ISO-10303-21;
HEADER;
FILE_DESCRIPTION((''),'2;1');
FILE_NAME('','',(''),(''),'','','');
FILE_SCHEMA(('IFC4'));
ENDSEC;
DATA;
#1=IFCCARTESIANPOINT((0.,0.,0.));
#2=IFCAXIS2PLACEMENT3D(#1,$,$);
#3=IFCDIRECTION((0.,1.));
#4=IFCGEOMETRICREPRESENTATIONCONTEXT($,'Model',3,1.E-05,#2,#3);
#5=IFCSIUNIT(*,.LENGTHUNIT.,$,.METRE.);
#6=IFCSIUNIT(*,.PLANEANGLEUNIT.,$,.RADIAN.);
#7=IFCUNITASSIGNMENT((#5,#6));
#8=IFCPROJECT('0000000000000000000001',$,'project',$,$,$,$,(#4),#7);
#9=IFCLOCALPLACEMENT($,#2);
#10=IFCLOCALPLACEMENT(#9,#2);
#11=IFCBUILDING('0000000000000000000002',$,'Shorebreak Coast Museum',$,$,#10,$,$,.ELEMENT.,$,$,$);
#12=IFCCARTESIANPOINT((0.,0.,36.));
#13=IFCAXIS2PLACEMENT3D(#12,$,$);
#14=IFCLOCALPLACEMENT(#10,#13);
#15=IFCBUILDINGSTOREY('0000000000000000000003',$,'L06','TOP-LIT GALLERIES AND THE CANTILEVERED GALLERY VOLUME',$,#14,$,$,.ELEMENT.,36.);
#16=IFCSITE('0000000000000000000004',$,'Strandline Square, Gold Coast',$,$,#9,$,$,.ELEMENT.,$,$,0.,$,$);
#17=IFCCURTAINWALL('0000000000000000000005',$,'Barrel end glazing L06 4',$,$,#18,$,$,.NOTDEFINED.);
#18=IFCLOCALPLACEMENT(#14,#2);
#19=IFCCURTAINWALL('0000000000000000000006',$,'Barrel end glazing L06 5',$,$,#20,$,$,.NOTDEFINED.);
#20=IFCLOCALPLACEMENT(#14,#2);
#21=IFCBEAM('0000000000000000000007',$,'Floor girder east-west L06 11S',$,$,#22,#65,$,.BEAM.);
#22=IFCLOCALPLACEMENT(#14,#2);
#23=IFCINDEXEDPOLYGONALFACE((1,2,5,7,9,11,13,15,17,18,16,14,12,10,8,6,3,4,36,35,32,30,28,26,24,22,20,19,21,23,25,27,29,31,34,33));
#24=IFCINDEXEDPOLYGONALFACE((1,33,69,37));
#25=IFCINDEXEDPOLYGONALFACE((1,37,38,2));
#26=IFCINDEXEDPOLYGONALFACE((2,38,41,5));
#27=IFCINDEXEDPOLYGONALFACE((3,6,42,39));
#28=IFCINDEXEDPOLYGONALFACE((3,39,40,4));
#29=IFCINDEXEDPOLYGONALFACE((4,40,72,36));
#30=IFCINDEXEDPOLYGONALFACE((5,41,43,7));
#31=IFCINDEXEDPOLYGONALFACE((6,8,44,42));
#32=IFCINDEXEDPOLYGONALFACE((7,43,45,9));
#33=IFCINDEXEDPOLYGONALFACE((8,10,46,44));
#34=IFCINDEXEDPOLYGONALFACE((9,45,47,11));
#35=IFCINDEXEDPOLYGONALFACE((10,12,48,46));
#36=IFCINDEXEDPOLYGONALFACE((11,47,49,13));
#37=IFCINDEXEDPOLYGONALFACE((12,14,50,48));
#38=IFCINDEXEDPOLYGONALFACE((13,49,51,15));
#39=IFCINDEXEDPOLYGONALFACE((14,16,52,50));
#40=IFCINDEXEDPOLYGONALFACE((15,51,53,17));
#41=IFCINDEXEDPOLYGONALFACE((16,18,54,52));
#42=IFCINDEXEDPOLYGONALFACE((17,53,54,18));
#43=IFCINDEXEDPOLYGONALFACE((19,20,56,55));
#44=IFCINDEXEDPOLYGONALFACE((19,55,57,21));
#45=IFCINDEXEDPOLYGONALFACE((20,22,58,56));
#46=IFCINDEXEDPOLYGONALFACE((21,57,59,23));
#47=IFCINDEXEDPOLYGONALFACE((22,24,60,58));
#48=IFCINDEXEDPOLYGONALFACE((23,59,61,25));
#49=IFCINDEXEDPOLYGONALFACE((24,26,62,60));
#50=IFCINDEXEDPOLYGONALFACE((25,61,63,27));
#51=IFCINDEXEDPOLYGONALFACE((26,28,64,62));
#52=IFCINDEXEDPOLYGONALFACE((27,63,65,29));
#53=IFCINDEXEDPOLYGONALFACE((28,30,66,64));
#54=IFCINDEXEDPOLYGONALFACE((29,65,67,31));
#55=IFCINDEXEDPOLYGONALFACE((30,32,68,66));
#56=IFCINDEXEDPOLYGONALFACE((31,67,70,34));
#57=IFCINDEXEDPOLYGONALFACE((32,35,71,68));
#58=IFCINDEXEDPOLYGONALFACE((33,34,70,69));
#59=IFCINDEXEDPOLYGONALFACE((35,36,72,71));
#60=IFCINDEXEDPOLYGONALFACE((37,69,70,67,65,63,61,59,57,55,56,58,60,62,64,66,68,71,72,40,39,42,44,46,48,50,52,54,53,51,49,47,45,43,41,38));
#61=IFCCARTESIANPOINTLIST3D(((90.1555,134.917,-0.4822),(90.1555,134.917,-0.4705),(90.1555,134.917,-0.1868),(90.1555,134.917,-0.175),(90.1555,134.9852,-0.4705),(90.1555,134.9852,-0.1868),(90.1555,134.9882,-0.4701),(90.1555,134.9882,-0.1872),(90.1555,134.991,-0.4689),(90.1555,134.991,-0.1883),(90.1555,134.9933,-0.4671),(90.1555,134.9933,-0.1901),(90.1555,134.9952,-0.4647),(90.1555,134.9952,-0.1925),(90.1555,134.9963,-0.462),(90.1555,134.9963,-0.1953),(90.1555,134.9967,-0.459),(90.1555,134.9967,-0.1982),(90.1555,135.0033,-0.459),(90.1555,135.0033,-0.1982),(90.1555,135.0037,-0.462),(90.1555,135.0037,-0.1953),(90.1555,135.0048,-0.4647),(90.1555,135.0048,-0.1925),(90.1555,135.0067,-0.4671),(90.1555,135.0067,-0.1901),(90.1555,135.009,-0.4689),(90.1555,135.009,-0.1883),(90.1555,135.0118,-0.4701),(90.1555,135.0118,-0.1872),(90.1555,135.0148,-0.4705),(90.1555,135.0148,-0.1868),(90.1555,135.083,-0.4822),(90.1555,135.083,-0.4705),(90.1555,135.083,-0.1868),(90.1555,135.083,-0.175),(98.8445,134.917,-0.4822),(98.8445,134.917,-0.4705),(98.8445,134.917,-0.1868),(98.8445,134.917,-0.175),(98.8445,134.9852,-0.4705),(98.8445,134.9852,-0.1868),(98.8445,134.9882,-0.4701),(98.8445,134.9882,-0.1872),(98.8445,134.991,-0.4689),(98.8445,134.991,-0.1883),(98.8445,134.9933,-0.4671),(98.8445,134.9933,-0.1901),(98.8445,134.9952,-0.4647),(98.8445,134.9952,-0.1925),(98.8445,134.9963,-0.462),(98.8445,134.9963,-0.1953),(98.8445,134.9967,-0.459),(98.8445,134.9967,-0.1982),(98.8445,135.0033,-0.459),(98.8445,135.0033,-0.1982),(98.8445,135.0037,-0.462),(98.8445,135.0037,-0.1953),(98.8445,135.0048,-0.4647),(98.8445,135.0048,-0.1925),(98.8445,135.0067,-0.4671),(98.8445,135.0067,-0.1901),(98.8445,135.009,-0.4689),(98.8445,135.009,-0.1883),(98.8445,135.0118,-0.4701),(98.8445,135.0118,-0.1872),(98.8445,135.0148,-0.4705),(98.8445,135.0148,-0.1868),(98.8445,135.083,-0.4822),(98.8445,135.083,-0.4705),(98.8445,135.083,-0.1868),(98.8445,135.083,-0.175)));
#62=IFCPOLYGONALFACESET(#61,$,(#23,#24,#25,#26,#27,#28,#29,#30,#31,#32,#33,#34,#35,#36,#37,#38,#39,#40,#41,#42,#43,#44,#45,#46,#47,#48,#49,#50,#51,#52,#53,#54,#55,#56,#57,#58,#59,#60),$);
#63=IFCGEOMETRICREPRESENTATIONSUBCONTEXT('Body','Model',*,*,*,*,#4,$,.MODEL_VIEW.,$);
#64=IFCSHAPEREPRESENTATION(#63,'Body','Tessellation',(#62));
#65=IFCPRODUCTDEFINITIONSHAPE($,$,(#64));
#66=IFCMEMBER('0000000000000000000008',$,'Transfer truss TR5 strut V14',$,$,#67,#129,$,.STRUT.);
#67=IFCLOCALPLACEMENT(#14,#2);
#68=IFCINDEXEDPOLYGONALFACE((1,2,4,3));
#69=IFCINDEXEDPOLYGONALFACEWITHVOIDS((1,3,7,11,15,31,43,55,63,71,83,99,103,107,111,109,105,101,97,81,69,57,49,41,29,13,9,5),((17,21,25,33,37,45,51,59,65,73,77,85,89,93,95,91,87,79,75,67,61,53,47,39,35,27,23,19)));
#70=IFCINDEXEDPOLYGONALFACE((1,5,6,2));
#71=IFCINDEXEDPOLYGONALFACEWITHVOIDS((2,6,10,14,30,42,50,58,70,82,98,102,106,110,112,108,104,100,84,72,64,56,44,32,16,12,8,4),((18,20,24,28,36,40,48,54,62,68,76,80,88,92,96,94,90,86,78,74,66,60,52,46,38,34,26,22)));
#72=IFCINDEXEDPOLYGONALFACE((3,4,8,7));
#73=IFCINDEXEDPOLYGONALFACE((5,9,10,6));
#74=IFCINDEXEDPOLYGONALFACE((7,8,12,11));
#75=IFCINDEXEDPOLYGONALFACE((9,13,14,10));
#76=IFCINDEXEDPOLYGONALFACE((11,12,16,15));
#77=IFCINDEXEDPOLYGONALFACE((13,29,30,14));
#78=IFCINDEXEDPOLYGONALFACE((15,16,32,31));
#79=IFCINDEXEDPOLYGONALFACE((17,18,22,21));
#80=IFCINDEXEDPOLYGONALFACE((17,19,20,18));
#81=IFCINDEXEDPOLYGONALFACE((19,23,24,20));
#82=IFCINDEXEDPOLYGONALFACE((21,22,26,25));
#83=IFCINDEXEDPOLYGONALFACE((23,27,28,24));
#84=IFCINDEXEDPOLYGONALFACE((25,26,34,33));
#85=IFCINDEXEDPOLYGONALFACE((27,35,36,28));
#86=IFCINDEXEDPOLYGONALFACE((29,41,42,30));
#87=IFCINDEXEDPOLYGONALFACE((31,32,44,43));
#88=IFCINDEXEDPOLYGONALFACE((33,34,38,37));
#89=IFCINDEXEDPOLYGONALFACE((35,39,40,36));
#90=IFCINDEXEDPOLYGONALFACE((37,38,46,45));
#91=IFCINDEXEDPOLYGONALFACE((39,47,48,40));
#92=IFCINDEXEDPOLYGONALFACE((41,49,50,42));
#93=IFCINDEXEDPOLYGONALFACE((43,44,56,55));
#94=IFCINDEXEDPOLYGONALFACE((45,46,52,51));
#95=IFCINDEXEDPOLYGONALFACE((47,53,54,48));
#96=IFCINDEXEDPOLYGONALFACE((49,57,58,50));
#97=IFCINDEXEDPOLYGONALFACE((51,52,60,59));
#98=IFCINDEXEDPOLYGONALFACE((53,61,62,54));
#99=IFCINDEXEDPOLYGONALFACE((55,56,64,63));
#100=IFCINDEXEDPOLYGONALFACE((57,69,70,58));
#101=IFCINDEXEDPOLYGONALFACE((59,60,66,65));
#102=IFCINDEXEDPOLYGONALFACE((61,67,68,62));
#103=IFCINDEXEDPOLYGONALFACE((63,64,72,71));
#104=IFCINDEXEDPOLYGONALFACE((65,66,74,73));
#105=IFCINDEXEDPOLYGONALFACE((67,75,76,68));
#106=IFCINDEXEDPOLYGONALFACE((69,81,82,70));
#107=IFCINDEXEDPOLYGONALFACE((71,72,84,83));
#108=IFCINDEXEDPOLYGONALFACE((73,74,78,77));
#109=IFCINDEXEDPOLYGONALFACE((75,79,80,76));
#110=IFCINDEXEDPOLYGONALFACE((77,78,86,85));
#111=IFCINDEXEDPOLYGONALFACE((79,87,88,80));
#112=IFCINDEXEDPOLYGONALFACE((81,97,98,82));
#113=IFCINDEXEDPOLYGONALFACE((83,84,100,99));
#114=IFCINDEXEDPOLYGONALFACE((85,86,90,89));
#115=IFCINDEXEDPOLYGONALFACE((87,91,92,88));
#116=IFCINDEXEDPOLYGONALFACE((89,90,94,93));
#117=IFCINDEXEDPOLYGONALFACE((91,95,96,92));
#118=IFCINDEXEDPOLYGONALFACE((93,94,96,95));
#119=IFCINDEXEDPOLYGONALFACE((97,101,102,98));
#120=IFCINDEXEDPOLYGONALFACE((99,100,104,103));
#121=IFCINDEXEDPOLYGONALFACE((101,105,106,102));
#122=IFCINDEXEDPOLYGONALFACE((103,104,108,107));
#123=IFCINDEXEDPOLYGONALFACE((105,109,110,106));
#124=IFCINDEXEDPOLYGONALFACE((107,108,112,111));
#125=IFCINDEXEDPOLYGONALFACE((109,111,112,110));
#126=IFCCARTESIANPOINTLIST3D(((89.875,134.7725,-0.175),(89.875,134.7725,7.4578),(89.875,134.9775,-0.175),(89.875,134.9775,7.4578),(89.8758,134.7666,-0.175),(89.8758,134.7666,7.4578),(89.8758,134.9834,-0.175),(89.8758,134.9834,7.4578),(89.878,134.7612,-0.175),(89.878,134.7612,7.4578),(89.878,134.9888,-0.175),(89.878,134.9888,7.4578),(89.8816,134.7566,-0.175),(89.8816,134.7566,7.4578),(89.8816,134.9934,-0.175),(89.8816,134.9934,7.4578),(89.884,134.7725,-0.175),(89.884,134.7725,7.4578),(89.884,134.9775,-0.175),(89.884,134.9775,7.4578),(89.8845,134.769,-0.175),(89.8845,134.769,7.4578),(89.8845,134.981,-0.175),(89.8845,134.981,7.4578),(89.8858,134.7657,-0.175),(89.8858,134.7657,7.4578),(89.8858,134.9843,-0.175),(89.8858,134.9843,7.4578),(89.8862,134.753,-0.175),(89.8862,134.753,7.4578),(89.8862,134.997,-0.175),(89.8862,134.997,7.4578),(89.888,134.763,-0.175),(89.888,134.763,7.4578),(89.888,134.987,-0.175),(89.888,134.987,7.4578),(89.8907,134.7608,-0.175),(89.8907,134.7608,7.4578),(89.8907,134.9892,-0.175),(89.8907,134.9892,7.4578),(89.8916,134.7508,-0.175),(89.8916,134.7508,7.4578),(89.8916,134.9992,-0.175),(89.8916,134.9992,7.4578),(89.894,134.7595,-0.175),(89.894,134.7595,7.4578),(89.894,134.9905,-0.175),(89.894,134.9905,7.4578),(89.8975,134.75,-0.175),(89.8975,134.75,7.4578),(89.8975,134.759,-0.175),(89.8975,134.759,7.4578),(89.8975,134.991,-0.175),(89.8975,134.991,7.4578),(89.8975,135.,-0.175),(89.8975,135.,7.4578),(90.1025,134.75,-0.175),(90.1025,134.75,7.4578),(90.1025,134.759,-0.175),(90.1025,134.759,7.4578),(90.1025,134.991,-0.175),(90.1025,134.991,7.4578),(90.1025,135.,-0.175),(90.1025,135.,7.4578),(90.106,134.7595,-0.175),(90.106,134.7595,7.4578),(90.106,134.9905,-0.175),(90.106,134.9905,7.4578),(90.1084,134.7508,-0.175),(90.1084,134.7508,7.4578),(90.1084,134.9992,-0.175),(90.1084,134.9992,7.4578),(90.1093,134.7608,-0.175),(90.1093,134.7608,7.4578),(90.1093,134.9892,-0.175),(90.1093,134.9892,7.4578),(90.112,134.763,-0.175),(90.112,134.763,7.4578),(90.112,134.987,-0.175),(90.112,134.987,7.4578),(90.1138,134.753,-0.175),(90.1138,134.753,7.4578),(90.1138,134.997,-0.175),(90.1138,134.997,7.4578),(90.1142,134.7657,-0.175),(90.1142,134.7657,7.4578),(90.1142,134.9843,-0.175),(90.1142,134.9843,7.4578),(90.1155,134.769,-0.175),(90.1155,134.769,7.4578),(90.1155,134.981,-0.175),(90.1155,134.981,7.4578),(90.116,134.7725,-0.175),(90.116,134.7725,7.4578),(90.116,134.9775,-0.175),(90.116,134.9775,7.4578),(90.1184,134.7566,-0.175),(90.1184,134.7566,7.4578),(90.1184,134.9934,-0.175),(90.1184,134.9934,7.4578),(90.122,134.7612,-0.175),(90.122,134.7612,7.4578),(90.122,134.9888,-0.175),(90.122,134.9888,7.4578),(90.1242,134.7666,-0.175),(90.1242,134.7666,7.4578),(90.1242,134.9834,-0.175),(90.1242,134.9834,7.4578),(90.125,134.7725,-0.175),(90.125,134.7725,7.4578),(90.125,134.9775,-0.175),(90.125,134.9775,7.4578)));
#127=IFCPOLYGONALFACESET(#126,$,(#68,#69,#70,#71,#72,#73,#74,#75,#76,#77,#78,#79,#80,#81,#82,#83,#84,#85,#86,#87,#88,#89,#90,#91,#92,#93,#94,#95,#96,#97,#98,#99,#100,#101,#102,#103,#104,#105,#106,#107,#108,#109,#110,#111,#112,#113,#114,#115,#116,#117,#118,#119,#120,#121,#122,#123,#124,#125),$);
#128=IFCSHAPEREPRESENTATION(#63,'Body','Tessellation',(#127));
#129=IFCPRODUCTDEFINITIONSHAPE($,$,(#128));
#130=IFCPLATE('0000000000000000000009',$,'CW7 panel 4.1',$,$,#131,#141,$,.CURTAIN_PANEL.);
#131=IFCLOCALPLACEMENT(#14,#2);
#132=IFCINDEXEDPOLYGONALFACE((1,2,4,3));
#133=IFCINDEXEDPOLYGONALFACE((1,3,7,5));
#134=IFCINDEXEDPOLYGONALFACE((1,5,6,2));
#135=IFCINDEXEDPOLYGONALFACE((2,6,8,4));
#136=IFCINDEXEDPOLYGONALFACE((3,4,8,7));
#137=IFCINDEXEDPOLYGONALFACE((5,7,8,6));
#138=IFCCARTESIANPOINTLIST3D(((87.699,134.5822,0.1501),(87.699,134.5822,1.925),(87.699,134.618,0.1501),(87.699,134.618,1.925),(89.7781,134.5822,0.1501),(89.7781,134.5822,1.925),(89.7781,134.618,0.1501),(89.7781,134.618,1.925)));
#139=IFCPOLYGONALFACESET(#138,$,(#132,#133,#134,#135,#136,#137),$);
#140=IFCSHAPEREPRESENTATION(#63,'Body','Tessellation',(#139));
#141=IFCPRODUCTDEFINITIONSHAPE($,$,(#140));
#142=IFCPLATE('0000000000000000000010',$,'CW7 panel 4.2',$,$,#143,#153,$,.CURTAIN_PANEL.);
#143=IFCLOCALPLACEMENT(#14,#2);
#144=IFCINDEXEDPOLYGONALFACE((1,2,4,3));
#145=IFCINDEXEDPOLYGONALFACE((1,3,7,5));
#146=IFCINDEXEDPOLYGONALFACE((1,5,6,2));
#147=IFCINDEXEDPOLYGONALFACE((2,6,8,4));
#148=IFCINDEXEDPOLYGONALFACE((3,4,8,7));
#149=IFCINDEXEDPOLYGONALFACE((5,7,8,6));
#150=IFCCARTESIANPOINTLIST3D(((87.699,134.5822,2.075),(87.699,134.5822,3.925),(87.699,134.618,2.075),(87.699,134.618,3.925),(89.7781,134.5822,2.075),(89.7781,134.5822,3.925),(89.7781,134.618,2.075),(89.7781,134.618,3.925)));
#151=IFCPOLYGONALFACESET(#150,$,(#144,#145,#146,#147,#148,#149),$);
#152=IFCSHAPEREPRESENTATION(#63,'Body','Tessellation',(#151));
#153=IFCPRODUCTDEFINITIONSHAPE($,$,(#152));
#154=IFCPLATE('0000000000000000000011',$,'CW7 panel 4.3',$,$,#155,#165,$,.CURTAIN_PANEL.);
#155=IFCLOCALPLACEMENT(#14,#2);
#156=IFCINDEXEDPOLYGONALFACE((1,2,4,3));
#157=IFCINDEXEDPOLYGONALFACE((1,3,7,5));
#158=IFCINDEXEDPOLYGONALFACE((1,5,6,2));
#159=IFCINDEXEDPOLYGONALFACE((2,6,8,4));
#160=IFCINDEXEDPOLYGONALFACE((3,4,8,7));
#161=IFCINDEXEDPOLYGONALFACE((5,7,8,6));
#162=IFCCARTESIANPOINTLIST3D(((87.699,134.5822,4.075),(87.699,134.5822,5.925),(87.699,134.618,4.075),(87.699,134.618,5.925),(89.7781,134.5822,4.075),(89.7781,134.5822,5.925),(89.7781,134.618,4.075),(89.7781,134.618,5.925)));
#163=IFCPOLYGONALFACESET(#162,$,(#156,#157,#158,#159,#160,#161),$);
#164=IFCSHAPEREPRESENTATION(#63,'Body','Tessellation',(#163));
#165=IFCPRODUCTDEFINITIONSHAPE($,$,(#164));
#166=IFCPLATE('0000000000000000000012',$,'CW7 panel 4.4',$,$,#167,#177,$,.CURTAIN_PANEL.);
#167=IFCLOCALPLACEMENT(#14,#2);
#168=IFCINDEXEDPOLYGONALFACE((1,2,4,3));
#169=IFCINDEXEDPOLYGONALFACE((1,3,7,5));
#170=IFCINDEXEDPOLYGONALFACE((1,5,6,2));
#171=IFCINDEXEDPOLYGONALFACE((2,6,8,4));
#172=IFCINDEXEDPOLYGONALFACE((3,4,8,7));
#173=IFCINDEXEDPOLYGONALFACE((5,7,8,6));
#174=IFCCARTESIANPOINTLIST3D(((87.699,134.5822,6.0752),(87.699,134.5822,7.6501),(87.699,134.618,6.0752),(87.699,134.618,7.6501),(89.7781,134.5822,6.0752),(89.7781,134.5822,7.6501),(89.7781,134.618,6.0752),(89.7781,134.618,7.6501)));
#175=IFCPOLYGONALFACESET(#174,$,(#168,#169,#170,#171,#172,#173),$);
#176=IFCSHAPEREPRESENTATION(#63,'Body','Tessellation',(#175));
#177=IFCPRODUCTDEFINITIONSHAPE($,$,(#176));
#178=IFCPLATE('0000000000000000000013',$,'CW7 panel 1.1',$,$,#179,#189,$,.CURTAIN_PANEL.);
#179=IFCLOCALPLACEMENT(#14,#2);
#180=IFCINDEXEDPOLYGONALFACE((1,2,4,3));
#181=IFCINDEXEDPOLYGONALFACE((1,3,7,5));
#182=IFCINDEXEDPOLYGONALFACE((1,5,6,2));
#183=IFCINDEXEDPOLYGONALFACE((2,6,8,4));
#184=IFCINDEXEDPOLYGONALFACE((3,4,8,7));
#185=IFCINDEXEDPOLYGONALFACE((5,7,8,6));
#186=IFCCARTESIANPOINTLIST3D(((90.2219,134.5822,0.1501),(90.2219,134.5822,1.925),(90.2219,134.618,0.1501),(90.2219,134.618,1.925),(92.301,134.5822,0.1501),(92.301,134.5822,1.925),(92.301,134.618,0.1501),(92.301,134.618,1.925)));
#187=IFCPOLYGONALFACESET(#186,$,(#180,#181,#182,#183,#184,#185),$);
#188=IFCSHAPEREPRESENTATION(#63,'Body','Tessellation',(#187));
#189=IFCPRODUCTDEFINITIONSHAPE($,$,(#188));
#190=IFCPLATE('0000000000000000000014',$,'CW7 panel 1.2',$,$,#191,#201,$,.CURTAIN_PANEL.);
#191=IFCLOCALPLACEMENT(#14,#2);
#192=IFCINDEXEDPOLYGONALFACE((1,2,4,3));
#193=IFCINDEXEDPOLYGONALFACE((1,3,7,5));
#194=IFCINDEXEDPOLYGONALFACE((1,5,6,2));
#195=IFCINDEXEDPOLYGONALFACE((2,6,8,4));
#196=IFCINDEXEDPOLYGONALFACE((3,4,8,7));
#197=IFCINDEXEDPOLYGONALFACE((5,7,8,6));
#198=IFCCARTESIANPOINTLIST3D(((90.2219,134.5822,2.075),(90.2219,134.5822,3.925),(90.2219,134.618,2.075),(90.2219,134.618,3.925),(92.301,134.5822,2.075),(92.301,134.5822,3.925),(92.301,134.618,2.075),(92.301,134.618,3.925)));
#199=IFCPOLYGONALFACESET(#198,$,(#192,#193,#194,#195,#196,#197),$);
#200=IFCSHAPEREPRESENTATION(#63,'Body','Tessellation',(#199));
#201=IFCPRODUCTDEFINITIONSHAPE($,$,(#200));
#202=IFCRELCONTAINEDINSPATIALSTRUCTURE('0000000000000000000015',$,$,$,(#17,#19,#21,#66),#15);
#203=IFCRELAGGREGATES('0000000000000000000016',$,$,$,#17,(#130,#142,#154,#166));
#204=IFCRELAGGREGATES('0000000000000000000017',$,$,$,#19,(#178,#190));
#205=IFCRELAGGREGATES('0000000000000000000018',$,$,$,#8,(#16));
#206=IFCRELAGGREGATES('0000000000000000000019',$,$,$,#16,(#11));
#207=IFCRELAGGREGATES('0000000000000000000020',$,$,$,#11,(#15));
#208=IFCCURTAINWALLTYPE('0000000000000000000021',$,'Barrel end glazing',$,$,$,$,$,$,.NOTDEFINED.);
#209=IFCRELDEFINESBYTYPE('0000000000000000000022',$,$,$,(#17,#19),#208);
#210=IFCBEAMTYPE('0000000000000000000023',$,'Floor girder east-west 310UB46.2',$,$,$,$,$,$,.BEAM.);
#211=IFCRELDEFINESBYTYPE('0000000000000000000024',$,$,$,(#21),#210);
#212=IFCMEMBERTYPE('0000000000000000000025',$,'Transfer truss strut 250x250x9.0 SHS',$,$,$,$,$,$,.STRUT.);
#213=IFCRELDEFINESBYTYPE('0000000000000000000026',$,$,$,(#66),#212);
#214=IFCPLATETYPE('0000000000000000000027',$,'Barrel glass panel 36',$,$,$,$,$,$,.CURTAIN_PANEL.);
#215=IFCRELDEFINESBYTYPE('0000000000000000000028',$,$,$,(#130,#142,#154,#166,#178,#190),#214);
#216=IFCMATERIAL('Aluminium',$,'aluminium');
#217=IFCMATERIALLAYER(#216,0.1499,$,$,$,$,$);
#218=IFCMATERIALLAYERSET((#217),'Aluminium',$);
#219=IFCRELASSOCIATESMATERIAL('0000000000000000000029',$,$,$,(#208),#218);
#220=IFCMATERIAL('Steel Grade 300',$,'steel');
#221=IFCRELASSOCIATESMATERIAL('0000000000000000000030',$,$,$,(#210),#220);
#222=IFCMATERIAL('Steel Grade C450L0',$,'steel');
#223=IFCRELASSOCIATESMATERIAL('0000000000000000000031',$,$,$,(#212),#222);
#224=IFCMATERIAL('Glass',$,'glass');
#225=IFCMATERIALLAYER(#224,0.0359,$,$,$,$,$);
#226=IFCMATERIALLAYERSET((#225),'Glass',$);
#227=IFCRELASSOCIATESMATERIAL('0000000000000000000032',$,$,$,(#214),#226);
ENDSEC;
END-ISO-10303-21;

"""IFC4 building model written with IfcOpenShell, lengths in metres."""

from ifc_helpers import new_model, si_unit, direction, frame, origin, origin_2d, place, context, subcontext, project, spatial, rectangle, hollow_rectangle, i_section, extrude, material, layer, layer_set, material_profile, profile_set, type_object, element, aggregate, save


model = new_model("IFC4")

# Units and contexts
model_context = context("Model", 3, precision=1e-05, world=origin(), true_north=direction((0.0, 1.0)))
body_context = subcontext(model_context, "Body", "Model", "MODEL_VIEW")
ifc_project = project(units=[si_unit("LENGTHUNIT", "METRE"), si_unit("PLANEANGLEUNIT", "RADIAN")], contexts=[model_context])

# Site, building, storey
site_placement = place(None, origin())
site = spatial("IfcSite", under=ifc_project, at=site_placement, Name="Strandline Square, Gold Coast", CompositionType="ELEMENT", RefElevation=0.0)
building_placement = place(site_placement, origin())
building = spatial("IfcBuilding", under=site, at=building_placement, Name="Shorebreak Coast Museum", CompositionType="ELEMENT")
storey_placement = place(building_placement, frame((0.0, 0.0, 36.0)))
storey = spatial("IfcBuildingStorey", under=building, at=storey_placement, Name="L06", Description="TOP-LIT GALLERIES AND THE CANTILEVERED GALLERY VOLUME", CompositionType="ELEMENT", Elevation=36.0)

# Curtain wall
ifc_material_1 = material(Name="Aluminium", Category="aluminium")
ifc_layer_1 = layer(ifc_material_1, 0.1499)
ifc_layer_set_1 = layer_set([ifc_layer_1], Name="Aluminium")
curtain_wall_type = type_object("IfcCurtainWallType", Name="Barrel end glazing", PredefinedType="NOTDEFINED", material=ifc_layer_set_1)
curtain_wall_1_placement = place(storey_placement, origin())
curtain_wall_1 = element("IfcCurtainWall", 1, at=curtain_wall_1_placement, inside=storey, type_object=curtain_wall_type, Name="Barrel end glazing L06 4", PredefinedType="NOTDEFINED")

# Curtain wall
curtain_wall_2_placement = place(storey_placement, origin())
curtain_wall_2 = element("IfcCurtainWall", 2, at=curtain_wall_2_placement, inside=storey, type_object=curtain_wall_type, Name="Barrel end glazing L06 5", PredefinedType="NOTDEFINED")

# Beam
ifc_material_2 = material(Name="Steel Grade 300", Category="steel")
ifc_material_profile_1 = material_profile(ifc_material_2, i_section(OverallWidth=0.166, OverallDepth=0.3071, WebThickness=0.0066, FlangeThickness=0.0117, FilletRadius=0.0115, at=origin_2d()), Name="310UB46.2")
ifc_profile_set_1 = profile_set([ifc_material_profile_1], Name="Steel Grade 300")
beam_type = type_object("IfcBeamType", Name="Floor girder east-west 310UB46.2", PredefinedType="BEAM", material=ifc_profile_set_1)
beam_placement = place(storey_placement, frame((90.1555, 135.0, -0.3286), z_axis=(1.0, 0.0, 0.0), x_axis=(0.0, 1.0, 0.0)))
element("IfcBeam", 3, at=beam_placement, inside=storey, type_object=beam_type, Name="Floor girder east-west L06 11S", PredefinedType="BEAM", context=body_context, shape_type="SweptSolid", body=[
    extrude(i_section(OverallWidth=0.166, OverallDepth=0.3071, WebThickness=0.0066, FlangeThickness=0.0117, FilletRadius=0.0115, at=origin_2d()), origin(), (0.0, 0.0, 1.0), 8.689),
])

# Member
ifc_material_3 = material(Name="Steel Grade C450L0", Category="steel")
ifc_material_profile_2 = material_profile(ifc_material_3, hollow_rectangle(XDim=0.25, YDim=0.25, WallThickness=0.009, InnerFilletRadius=0.0134, OuterFilletRadius=0.0225, at=origin_2d()), Name="250x250x9.0 SHS")
ifc_profile_set_2 = profile_set([ifc_material_profile_2], Name="Steel Grade C450L0")
member_type_1 = type_object("IfcMemberType", Name="Transfer truss strut 250x250x9.0 SHS", PredefinedType="STRUT", material=ifc_profile_set_2)
member_1_placement = place(storey_placement, frame((90.0, 134.875, -0.175), z_axis=(0.0, 0.0, 1.0), x_axis=(1.0, 0.0, 0.0)))
element("IfcMember", 4, at=member_1_placement, inside=storey, type_object=member_type_1, Name="Transfer truss TR5 strut V14", PredefinedType="STRUT", context=body_context, shape_type="SweptSolid", body=[
    extrude(hollow_rectangle(XDim=0.25, YDim=0.25, WallThickness=0.009, InnerFilletRadius=0.0134, OuterFilletRadius=0.0225, at=origin_2d()), origin(), (0.0, 0.0, 1.0), 7.6328),
])

# Plates
ifc_material_4 = material(Name="Glass", Category="glass")
ifc_layer_2 = layer(ifc_material_4, 0.0359)
ifc_layer_set_2 = layer_set([ifc_layer_2], Name="Glass")
plate_type = type_object("IfcPlateType", Name="Barrel glass panel 36", PredefinedType="CURTAIN_PANEL", material=ifc_layer_set_2)
plate_1_placement = place(storey_placement, frame((88.7385, 134.6001, 0.1501), z_axis=(0.0, 0.0, 1.0), x_axis=(1.0, 0.0, 0.0)))
plate_1 = element("IfcPlate", 5, at=plate_1_placement, type_object=plate_type, Name="CW7 panel 4.1", PredefinedType="CURTAIN_PANEL", context=body_context, shape_type="SweptSolid", body=[
    extrude(rectangle(XDim=2.0791, YDim=0.0359, at=origin_2d()), origin(), (0.0, 0.0, 1.0), 1.7749),
])
plate_2_placement = place(storey_placement, frame((88.7385, 134.6001, 2.075), z_axis=(0.0, 0.0, 1.0), x_axis=(1.0, 0.0, 0.0)))
plate_2 = element("IfcPlate", 6, at=plate_2_placement, type_object=plate_type, Name="CW7 panel 4.2", PredefinedType="CURTAIN_PANEL", context=body_context, shape_type="SweptSolid", body=[
    extrude(rectangle(XDim=2.0791, YDim=0.0359, at=origin_2d()), origin(), (0.0, 0.0, 1.0), 1.8501),
])
plate_3_placement = place(storey_placement, frame((88.7385, 134.6001, 4.075), z_axis=(0.0, 0.0, 1.0), x_axis=(1.0, 0.0, 0.0)))
plate_3 = element("IfcPlate", 7, at=plate_3_placement, type_object=plate_type, Name="CW7 panel 4.3", PredefinedType="CURTAIN_PANEL", context=body_context, shape_type="SweptSolid", body=[
    extrude(rectangle(XDim=2.0791, YDim=0.0359, at=origin_2d()), origin(), (0.0, 0.0, 1.0), 1.8501),
])
plate_4_placement = place(storey_placement, frame((88.7385, 134.6001, 6.0752), z_axis=(0.0, 0.0, 1.0), x_axis=(1.0, 0.0, 0.0)))
plate_4 = element("IfcPlate", 8, at=plate_4_placement, type_object=plate_type, Name="CW7 panel 4.4", PredefinedType="CURTAIN_PANEL", context=body_context, shape_type="SweptSolid", body=[
    extrude(rectangle(XDim=2.0791, YDim=0.0359, at=origin_2d()), origin(), (0.0, 0.0, 1.0), 1.575),
])
aggregate(curtain_wall_1, [plate_1, plate_2, plate_3, plate_4])
plate_5_placement = place(storey_placement, frame((91.2615, 134.6001, 0.1501), z_axis=(0.0, 0.0, 1.0), x_axis=(1.0, 0.0, 0.0)))
plate_5 = element("IfcPlate", 9, at=plate_5_placement, type_object=plate_type, Name="CW7 panel 1.1", PredefinedType="CURTAIN_PANEL", context=body_context, shape_type="SweptSolid", body=[
    extrude(rectangle(XDim=2.0791, YDim=0.0359, at=origin_2d()), origin(), (0.0, 0.0, 1.0), 1.7749),
])
plate_6_placement = place(storey_placement, frame((91.2615, 134.6001, 2.075), z_axis=(0.0, 0.0, 1.0), x_axis=(1.0, 0.0, 0.0)))
plate_6 = element("IfcPlate", 10, at=plate_6_placement, type_object=plate_type, Name="CW7 panel 1.2", PredefinedType="CURTAIN_PANEL", context=body_context, shape_type="SweptSolid", body=[
    extrude(rectangle(XDim=2.0791, YDim=0.0359, at=origin_2d()), origin(), (0.0, 0.0, 1.0), 1.8501),
])
aggregate(curtain_wall_2, [plate_5, plate_6])

save(model, "model.ifc")
